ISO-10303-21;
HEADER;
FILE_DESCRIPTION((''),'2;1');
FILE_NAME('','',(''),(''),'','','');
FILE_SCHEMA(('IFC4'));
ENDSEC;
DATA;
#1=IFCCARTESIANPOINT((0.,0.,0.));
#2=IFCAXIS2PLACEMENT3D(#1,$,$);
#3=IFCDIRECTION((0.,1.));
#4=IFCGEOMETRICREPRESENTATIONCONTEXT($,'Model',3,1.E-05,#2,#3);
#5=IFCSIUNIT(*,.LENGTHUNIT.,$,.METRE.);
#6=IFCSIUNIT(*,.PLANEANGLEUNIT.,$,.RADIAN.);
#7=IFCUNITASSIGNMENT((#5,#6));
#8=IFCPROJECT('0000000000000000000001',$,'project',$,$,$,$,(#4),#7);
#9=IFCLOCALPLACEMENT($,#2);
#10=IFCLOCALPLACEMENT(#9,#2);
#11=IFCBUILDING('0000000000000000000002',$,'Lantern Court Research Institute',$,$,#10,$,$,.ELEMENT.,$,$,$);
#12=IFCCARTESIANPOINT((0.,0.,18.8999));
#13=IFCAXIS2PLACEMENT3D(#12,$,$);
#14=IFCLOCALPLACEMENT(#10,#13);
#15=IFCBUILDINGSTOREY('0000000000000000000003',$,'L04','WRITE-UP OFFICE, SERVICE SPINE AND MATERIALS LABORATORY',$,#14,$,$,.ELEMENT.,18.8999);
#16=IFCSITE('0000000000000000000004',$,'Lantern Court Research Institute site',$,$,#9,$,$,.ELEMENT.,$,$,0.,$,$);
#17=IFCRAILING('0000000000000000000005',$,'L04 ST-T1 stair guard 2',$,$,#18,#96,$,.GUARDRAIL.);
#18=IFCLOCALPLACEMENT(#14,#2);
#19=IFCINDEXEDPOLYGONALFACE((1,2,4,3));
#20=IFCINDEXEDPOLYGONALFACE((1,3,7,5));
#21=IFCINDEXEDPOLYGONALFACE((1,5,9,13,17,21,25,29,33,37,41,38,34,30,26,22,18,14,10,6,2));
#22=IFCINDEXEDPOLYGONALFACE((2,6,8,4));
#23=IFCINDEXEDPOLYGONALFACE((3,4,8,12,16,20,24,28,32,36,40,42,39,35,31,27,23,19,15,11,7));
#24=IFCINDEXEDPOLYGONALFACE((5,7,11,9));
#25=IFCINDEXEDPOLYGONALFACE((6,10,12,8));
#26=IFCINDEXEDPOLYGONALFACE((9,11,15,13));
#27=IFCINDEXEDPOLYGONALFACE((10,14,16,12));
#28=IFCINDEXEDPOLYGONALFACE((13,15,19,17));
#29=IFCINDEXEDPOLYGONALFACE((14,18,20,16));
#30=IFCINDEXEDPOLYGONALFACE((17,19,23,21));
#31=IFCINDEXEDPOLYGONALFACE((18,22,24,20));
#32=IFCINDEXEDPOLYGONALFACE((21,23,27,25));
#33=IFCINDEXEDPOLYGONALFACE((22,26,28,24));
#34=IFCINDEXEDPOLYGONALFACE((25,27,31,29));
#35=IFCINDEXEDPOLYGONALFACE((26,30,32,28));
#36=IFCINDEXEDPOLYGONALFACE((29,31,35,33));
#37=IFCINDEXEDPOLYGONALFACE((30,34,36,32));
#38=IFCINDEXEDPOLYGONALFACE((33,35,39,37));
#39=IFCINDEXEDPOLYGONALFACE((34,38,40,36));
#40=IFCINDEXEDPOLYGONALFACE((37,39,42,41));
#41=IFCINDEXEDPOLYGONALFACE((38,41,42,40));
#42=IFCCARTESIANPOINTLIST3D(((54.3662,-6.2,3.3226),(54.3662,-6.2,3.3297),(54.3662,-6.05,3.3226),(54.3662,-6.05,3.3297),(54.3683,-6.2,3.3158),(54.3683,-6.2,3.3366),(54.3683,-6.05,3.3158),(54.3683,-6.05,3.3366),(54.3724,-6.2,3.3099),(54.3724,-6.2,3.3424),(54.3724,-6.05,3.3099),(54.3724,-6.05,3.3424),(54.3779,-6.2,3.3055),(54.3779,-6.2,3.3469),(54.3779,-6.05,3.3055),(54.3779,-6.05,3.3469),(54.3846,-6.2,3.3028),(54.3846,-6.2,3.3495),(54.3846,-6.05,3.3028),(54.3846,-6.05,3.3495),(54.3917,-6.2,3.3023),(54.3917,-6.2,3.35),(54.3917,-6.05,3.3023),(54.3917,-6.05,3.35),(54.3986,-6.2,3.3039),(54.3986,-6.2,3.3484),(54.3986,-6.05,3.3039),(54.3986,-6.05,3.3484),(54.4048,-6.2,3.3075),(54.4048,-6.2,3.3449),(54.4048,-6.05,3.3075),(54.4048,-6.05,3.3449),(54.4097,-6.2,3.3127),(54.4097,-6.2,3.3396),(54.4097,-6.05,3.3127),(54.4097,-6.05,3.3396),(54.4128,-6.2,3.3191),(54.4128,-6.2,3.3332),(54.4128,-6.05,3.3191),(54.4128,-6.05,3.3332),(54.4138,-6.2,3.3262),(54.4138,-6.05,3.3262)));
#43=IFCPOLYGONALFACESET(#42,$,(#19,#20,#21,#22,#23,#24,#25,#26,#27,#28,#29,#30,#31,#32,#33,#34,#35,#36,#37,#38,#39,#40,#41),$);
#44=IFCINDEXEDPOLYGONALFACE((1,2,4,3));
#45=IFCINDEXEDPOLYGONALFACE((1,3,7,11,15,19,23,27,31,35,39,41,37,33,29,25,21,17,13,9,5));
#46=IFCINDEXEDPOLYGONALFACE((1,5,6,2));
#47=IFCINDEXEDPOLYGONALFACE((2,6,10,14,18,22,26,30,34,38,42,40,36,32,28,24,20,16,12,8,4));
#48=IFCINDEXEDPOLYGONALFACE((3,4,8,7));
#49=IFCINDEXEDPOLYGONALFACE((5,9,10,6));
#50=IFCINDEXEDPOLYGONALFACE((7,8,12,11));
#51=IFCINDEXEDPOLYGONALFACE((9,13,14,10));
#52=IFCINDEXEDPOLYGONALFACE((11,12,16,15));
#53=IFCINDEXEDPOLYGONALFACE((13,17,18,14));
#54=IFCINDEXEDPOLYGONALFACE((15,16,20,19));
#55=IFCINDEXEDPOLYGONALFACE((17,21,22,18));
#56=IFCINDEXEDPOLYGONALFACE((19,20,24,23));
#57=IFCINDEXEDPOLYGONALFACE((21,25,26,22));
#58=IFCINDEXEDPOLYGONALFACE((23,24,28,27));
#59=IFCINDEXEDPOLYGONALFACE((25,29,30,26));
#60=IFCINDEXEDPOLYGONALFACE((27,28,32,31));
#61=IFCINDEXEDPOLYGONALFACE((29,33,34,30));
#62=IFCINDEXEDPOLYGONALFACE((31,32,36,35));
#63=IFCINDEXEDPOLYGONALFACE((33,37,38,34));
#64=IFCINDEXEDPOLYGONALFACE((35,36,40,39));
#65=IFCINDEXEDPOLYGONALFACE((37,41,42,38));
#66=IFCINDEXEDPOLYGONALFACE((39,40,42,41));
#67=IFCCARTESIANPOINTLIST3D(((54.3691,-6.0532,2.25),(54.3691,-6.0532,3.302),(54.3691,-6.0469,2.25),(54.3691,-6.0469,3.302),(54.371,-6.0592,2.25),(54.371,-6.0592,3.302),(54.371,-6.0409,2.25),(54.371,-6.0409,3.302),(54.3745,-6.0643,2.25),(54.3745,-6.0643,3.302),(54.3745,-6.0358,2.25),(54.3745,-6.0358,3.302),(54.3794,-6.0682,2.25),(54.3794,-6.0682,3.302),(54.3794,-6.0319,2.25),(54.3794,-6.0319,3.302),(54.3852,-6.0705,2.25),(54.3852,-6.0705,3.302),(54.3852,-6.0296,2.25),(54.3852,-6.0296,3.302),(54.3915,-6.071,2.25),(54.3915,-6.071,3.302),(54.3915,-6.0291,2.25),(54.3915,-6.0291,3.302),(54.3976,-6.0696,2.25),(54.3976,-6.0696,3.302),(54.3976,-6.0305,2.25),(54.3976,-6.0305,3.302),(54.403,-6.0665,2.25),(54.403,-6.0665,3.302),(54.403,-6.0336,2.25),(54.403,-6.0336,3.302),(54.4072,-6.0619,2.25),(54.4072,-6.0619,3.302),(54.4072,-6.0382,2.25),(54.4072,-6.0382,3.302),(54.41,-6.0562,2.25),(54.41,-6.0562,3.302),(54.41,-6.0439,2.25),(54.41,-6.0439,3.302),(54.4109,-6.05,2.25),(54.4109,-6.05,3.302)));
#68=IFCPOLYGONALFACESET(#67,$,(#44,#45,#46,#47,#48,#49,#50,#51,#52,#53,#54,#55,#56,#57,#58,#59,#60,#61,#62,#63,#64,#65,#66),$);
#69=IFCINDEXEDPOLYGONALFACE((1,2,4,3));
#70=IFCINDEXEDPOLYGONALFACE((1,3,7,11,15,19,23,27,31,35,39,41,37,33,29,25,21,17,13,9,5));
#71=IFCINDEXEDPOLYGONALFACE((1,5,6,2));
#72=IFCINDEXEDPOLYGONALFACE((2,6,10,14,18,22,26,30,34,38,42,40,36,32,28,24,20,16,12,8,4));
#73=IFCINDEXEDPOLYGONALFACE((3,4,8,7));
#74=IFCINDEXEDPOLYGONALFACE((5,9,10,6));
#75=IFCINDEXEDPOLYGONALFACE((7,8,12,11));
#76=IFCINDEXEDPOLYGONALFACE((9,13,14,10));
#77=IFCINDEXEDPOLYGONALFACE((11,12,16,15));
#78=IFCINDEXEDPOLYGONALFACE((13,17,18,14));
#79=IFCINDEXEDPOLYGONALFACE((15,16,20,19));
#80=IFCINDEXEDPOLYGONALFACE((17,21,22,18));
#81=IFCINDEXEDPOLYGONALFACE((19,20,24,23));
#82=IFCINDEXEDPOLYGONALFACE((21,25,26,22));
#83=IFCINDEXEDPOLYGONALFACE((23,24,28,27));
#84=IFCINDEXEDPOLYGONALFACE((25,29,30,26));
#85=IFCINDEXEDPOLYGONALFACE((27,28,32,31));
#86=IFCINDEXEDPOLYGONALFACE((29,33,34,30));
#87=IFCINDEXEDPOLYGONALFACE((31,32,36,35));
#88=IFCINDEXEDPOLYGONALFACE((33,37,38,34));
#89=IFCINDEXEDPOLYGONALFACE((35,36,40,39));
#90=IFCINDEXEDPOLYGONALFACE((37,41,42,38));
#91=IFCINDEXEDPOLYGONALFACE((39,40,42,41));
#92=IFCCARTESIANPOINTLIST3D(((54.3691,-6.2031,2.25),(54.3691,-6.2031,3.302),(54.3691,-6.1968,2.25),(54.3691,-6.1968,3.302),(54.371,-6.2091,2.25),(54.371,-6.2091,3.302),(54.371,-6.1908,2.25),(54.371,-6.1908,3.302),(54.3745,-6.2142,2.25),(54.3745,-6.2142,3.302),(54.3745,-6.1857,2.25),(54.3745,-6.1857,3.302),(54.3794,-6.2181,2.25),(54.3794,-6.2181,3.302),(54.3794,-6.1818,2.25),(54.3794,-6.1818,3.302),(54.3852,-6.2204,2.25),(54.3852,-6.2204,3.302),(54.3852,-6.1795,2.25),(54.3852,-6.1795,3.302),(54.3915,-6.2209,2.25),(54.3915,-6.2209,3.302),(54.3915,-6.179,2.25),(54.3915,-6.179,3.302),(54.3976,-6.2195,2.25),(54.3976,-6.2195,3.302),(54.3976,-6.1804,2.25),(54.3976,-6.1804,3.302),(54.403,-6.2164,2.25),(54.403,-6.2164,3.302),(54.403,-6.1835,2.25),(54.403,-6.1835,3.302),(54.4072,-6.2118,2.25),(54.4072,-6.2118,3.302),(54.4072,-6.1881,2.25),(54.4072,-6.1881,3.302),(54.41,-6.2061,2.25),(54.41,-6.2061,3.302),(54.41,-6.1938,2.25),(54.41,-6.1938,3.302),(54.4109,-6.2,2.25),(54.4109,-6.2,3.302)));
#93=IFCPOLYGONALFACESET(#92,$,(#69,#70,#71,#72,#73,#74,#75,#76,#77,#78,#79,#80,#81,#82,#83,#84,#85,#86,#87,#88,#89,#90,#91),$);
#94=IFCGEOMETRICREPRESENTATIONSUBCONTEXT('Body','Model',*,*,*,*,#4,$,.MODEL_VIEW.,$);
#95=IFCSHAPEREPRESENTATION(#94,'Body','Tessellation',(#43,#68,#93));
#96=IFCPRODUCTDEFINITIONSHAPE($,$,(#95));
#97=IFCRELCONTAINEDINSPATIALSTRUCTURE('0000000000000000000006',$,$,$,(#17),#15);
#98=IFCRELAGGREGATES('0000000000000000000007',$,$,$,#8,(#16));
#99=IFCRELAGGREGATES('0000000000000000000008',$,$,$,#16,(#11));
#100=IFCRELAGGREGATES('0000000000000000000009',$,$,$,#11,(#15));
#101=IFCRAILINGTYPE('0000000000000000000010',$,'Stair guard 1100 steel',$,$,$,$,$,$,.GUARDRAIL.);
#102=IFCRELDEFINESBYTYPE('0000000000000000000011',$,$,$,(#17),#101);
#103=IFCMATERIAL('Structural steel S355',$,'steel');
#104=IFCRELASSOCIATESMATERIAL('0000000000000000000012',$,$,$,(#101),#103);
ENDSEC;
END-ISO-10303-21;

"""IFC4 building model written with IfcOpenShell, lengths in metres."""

from ifc_helpers import new_model, si_unit, direction, frame, origin, origin_2d, place, context, subcontext, project, spatial, circle, extrude, material, type_object, element, save


model = new_model("IFC4")

# Units and contexts
model_context = context("Model", 3, precision=1e-05, world=origin(), true_north=direction((0.0, 1.0)))
body_context = subcontext(model_context, "Body", "Model", "MODEL_VIEW")
ifc_project = project(units=[si_unit("LENGTHUNIT", "METRE"), si_unit("PLANEANGLEUNIT", "RADIAN")], contexts=[model_context])

# Site, building, storey
site_placement = place(None, origin())
site = spatial("IfcSite", under=ifc_project, at=site_placement, Name="Lantern Court Research Institute site", CompositionType="ELEMENT", RefElevation=0.0)
building_placement = place(site_placement, origin())
building = spatial("IfcBuilding", under=site, at=building_placement, Name="Lantern Court Research Institute", CompositionType="ELEMENT")
storey_placement = place(building_placement, frame((0.0, 0.0, 18.8999)))
storey = spatial("IfcBuildingStorey", under=building, at=storey_placement, Name="L04", Description="WRITE-UP OFFICE, SERVICE SPINE AND MATERIALS LABORATORY", CompositionType="ELEMENT", Elevation=18.8999)

# Railing
ifc_material_1 = material(Name="Structural steel S355", Category="steel")
railing_type_1 = type_object("IfcRailingType", Name="Stair guard 1100 steel", PredefinedType="GUARDRAIL", material=ifc_material_1)
railing_1_placement = place(storey_placement, frame((54.3899, -6.05, 2.25)))
element("IfcRailing", 1, at=railing_1_placement, inside=storey, type_object=railing_type_1, Name="L04 ST-T1 stair guard 2", PredefinedType="GUARDRAIL", context=body_context, shape_type="SweptSolid", body=[
    extrude(circle(Radius=0.0239, at=origin_2d()), frame((0.0, 0.0, 1.0762), z_axis=(0.0, -1.0, 0.0), x_axis=(1.0, 0.0, 0.0)), (0.0, 0.0, 1.0), 0.1499),
    extrude(circle(Radius=0.021, at=origin_2d()), origin(), (0.0, 0.0, 1.0), 1.052),
    extrude(circle(Radius=0.021, at=origin_2d()), frame((0.0, -0.1499, 0.0)), (0.0, 0.0, 1.0), 1.052),
])

save(model, "model.ifc")
